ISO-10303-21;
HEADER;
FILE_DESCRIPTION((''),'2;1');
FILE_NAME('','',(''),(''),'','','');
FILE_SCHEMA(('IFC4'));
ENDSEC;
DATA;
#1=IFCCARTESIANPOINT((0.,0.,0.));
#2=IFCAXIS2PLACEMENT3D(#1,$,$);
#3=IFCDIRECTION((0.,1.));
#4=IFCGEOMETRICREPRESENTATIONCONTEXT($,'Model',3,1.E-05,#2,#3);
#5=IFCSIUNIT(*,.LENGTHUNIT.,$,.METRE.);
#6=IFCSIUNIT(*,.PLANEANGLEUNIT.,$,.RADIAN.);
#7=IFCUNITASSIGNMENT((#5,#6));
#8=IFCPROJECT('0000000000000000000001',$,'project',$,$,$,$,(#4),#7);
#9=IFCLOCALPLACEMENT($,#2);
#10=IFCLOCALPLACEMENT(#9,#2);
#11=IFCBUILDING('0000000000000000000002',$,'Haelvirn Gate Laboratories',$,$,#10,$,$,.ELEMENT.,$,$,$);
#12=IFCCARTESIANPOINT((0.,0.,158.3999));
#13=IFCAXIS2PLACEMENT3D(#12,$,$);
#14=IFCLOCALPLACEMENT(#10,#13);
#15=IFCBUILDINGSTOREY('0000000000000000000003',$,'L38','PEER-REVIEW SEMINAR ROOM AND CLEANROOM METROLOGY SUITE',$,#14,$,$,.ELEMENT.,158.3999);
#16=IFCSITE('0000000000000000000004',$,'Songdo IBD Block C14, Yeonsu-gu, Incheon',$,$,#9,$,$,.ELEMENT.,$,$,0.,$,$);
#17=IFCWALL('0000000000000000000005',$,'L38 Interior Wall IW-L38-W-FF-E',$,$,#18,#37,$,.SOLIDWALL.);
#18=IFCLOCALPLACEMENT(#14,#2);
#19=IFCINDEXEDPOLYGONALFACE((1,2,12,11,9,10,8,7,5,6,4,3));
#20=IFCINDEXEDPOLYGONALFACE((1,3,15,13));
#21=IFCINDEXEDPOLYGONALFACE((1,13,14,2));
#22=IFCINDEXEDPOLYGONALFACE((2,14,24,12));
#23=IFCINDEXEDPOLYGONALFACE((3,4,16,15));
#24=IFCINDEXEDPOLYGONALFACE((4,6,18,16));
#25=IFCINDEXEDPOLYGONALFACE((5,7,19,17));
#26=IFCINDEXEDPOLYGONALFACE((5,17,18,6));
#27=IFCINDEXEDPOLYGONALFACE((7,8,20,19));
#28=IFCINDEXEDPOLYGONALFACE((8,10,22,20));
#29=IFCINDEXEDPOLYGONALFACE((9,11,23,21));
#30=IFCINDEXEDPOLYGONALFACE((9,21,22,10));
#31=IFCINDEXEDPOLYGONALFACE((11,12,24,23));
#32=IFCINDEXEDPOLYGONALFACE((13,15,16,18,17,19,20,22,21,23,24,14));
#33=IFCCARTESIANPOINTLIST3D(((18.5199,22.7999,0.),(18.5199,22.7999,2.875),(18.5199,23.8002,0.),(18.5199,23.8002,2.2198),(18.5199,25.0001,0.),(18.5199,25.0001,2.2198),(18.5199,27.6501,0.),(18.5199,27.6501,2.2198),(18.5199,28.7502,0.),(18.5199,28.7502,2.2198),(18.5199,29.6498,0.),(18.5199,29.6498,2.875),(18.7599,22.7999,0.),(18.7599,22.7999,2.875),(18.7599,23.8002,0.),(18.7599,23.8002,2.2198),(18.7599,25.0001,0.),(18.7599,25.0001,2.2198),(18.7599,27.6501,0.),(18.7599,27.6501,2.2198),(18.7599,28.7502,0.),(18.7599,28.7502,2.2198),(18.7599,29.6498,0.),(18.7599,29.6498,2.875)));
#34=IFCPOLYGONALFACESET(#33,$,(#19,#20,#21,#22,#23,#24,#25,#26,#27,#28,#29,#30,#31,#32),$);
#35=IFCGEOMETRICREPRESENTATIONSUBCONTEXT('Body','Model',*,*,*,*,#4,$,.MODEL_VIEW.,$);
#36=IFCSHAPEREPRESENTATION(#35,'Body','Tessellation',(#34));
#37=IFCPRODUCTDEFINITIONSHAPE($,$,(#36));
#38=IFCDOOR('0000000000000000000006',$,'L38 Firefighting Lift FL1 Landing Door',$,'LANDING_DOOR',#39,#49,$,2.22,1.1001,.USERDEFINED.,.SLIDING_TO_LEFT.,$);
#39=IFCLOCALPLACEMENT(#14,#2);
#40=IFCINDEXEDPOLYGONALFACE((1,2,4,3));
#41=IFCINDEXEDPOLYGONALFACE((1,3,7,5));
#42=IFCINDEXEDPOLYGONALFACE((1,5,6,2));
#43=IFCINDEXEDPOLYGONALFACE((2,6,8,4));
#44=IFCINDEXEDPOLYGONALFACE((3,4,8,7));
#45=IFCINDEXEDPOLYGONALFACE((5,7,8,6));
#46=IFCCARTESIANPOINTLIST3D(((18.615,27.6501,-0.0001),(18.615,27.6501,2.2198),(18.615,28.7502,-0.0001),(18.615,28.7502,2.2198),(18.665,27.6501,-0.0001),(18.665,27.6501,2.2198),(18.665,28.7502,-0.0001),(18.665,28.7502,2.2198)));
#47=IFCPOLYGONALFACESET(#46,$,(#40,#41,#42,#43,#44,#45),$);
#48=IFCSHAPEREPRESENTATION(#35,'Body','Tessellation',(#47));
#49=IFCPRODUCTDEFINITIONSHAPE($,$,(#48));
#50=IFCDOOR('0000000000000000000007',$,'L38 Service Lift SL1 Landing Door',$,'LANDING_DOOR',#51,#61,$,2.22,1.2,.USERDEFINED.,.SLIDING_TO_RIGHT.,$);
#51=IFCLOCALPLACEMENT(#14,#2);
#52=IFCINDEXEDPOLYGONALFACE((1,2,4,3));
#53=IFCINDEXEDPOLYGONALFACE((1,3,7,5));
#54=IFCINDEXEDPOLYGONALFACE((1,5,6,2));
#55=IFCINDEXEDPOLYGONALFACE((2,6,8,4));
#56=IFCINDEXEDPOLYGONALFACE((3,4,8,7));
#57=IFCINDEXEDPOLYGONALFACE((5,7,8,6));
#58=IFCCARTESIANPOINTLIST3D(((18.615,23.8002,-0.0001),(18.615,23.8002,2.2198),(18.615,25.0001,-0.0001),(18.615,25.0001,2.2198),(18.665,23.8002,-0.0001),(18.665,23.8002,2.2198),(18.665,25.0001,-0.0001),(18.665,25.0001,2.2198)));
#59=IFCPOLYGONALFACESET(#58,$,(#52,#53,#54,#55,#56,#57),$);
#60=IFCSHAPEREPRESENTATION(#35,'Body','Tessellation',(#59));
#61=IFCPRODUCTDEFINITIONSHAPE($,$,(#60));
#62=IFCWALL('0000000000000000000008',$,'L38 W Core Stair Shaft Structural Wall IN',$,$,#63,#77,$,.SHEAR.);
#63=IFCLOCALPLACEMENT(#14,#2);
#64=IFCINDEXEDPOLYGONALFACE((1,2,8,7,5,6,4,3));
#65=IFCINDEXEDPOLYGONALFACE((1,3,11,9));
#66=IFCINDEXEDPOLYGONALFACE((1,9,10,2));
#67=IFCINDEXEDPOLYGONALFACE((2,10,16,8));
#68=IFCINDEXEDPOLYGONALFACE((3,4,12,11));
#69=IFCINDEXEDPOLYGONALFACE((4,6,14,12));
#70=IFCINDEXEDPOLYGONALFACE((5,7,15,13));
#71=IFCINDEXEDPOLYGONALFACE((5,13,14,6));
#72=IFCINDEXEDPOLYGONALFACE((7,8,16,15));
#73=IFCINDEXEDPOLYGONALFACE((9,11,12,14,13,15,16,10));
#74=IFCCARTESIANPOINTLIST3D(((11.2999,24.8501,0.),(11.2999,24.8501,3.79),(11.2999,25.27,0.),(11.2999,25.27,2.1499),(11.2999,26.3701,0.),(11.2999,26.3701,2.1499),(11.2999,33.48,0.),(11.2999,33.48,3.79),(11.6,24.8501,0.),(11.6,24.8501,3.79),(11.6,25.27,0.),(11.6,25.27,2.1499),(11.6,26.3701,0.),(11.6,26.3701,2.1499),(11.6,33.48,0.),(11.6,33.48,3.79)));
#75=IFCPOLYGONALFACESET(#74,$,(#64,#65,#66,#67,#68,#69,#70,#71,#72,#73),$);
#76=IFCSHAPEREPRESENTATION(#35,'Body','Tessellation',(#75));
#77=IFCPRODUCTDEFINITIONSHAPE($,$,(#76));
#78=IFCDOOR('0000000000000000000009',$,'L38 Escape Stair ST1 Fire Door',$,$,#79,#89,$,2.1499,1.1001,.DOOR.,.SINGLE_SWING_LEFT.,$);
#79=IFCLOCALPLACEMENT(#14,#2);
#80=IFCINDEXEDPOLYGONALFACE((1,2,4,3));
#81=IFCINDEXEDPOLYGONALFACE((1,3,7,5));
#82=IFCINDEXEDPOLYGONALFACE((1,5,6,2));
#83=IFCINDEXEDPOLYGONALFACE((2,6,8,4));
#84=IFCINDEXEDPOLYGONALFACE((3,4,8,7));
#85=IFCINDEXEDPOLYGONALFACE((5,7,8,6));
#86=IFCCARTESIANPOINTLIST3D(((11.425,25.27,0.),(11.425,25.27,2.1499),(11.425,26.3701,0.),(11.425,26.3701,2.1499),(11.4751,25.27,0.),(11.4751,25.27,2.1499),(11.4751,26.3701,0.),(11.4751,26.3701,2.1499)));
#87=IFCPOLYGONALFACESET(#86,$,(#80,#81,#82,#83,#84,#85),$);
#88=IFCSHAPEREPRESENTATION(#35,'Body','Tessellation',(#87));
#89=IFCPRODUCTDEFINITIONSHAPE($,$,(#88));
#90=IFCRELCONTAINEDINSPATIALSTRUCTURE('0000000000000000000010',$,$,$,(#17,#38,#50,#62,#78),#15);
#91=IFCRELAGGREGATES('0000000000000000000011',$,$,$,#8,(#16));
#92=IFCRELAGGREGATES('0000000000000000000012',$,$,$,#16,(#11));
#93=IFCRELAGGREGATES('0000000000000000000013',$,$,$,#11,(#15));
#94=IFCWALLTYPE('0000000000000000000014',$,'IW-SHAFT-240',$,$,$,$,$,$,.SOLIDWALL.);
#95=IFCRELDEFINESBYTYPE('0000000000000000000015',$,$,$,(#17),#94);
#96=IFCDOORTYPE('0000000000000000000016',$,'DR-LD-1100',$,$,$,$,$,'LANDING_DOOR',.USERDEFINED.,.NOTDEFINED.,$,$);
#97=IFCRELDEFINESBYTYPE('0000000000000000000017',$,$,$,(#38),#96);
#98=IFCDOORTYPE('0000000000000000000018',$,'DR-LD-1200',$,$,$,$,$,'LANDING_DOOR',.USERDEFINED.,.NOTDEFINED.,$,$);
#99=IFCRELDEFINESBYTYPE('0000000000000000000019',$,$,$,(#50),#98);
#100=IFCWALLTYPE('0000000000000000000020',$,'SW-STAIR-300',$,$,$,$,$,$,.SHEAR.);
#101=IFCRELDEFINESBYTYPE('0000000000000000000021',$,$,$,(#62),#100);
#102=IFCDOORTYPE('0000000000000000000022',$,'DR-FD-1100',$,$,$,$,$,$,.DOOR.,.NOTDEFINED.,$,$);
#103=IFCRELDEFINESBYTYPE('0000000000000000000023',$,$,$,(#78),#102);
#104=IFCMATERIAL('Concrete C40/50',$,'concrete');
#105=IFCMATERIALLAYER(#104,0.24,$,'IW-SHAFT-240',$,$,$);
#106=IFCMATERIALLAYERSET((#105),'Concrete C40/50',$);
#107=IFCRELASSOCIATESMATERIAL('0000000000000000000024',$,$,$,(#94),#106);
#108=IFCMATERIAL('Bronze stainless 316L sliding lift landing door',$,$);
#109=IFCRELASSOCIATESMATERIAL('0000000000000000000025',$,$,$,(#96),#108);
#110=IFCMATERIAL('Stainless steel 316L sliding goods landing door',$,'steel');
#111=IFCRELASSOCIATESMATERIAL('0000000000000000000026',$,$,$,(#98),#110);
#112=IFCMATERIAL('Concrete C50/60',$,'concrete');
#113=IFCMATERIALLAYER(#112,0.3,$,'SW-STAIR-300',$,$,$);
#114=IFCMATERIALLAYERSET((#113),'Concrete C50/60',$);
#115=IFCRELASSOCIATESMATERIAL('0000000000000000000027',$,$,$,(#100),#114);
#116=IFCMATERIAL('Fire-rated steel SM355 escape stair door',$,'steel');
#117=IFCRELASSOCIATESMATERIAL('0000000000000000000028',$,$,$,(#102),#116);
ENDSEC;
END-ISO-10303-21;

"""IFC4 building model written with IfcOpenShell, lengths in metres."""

from ifc_helpers import new_model, si_unit, direction, frame, frame_2d, origin, place, context, subcontext, project, spatial, rectangle, extrude, source, transform, mapped, material, layer, layer_set, type_object, type_shapes, element, fill, save


model = new_model("IFC4")

# Units and contexts
model_context = context("Model", 3, precision=1e-05, world=origin(), true_north=direction((0.0, 1.0)))
body_context = subcontext(model_context, "Body", "Model", "MODEL_VIEW")
ifc_project = project(units=[si_unit("LENGTHUNIT", "METRE"), si_unit("PLANEANGLEUNIT", "RADIAN")], contexts=[model_context])

# Site, building, storey
site_placement = place(None, origin())
site = spatial("IfcSite", under=ifc_project, at=site_placement, Name="Songdo IBD Block C14, Yeonsu-gu, Incheon", CompositionType="ELEMENT", RefElevation=0.0)
building_placement = place(site_placement, origin())
building = spatial("IfcBuilding", under=site, at=building_placement, Name="Haelvirn Gate Laboratories", CompositionType="ELEMENT")
storey_placement = place(building_placement, frame((0.0, 0.0, 158.3999)))
storey = spatial("IfcBuildingStorey", under=building, at=storey_placement, Name="L38", Description="PEER-REVIEW SEMINAR ROOM AND CLEANROOM METROLOGY SUITE", CompositionType="ELEMENT", Elevation=158.3999)

# Shared definitions
ifc_material_1 = material(Name="Concrete C40/50", Category="concrete")

# Shared definitions
ifc_layer_1 = layer(ifc_material_1, 0.24, Name="IW-SHAFT-240")
ifc_layer_set_1 = layer_set([ifc_layer_1], Name="Concrete C40/50")
wall_type_1 = type_object("IfcWallType", Name="IW-SHAFT-240", PredefinedType="SOLIDWALL", material=ifc_layer_set_1)

# Wall, openings, doors
wall_1_placement = place(storey_placement, frame((18.6399, 22.8, 0.0), z_axis=(0.0, 0.0, 1.0), x_axis=(0.0, 1.0, 0.0)))
wall_1 = element("IfcWall", 1, at=wall_1_placement, inside=storey, type_object=wall_type_1, Name="L38 Interior Wall IW-L38-W-FF-E", PredefinedType="SOLIDWALL", context=body_context, shape_type="SweptSolid", body=[
    extrude(rectangle(XDim=6.8499, YDim=0.24, at=frame_2d((3.4248, 0.0))), origin(), (0.0, 0.0, 1.0), 2.875),
])
opening_1_placement = place(wall_1_placement, frame((4.8501, 0.0, 0.0)))
opening_1 = element("IfcOpeningElement", 2, at=opening_1_placement, cuts=wall_1, PredefinedType="OPENING", context=body_context, shape_type="SweptSolid", body=[
    extrude(rectangle(XDim=1.1001, YDim=2.22, at=frame_2d((0.55, 1.1099))), frame((0.0, 0.1299, 0.0), z_axis=(0.0, -1.0, 0.0), x_axis=(1.0, 0.0, 0.0)), (0.0, 0.0, 1.0), 0.26),
])
opening_2_placement = place(wall_1_placement, frame((1.0, 0.0, 0.0)))
opening_2 = element("IfcOpeningElement", 3, at=opening_2_placement, cuts=wall_1, PredefinedType="OPENING", context=body_context, shape_type="SweptSolid", body=[
    extrude(rectangle(XDim=1.2, YDim=2.22, at=frame_2d((0.6001, 1.1099))), frame((0.0, 0.1299, 0.0), z_axis=(0.0, -1.0, 0.0), x_axis=(1.0, 0.0, 0.0)), (0.0, 0.0, 1.0), 0.26),
])
ifc_material_2 = material(Name="Bronze stainless 316L sliding lift landing door")
door_type_1 = type_object("IfcDoorType", Name="DR-LD-1100", ElementType="LANDING_DOOR", OperationType="NOTDEFINED", PredefinedType="USERDEFINED", material=ifc_material_2)
shared_shape_1 = source(origin(), body_context, "Body", "SweptSolid", [
    extrude(rectangle(XDim=1.1001, YDim=2.22, at=frame_2d((0.55, 1.1099))), frame((0.0, 0.0249, 0.0), z_axis=(0.0, -1.0, 0.0), x_axis=(1.0, 0.0, 0.0)), (0.0, 0.0, 1.0), 0.05),
])
type_shapes(door_type_1, [shared_shape_1])
door_1_placement = place(opening_1_placement, origin())
door_1 = element("IfcDoor", 4, at=door_1_placement, inside=storey, type_object=door_type_1, Name="L38 Firefighting Lift FL1 Landing Door", ObjectType="LANDING_DOOR", OperationType="SLIDING_TO_LEFT", OverallHeight=2.22, OverallWidth=1.1001, PredefinedType="USERDEFINED", context=body_context, shape_type="MappedRepresentation", body=[
    mapped(shared_shape_1, transform((0.0, 0.0, 0.0), scale=1.0)),
])
fill(opening_1, door_1)
ifc_material_3 = material(Name="Stainless steel 316L sliding goods landing door", Category="steel")
door_type_2 = type_object("IfcDoorType", Name="DR-LD-1200", ElementType="LANDING_DOOR", OperationType="NOTDEFINED", PredefinedType="USERDEFINED", material=ifc_material_3)
shared_shape_2 = source(origin(), body_context, "Body", "SweptSolid", [
    extrude(rectangle(XDim=1.2, YDim=2.22, at=frame_2d((0.6001, 1.1099))), frame((0.0, 0.0249, 0.0), z_axis=(0.0, -1.0, 0.0), x_axis=(1.0, 0.0, 0.0)), (0.0, 0.0, 1.0), 0.05),
])
type_shapes(door_type_2, [shared_shape_2])
door_2_placement = place(opening_2_placement, origin())
door_2 = element("IfcDoor", 5, at=door_2_placement, inside=storey, type_object=door_type_2, Name="L38 Service Lift SL1 Landing Door", ObjectType="LANDING_DOOR", OperationType="SLIDING_TO_RIGHT", OverallHeight=2.22, OverallWidth=1.2, PredefinedType="USERDEFINED", context=body_context, shape_type="MappedRepresentation", body=[
    mapped(shared_shape_2, transform((0.0, 0.0, 0.0), scale=1.0)),
])
fill(opening_2, door_2)

# Wall, opening, door
ifc_material_4 = material(Name="Concrete C50/60", Category="concrete")
ifc_layer_2 = layer(ifc_material_4, 0.3, Name="SW-STAIR-300")
ifc_layer_set_2 = layer_set([ifc_layer_2], Name="Concrete C50/60")
wall_type_2 = type_object("IfcWallType", Name="SW-STAIR-300", PredefinedType="SHEAR", material=ifc_layer_set_2)
wall_2_placement = place(storey_placement, frame((11.45, 24.8501, 0.0), z_axis=(0.0, 0.0, 1.0), x_axis=(0.0, 1.0, 0.0)))
wall_2 = element("IfcWall", 6, at=wall_2_placement, inside=storey, type_object=wall_type_2, Name="L38 W Core Stair Shaft Structural Wall IN", PredefinedType="SHEAR", context=body_context, shape_type="SweptSolid", body=[
    extrude(rectangle(XDim=8.6299, YDim=0.3, at=frame_2d((4.3149, 0.0))), origin(), (0.0, 0.0, 1.0), 3.79),
])
opening_3_placement = place(wall_2_placement, frame((0.4199, 0.0, 0.0)))
opening_3 = element("IfcOpeningElement", 7, at=opening_3_placement, cuts=wall_2, PredefinedType="OPENING", context=body_context, shape_type="SweptSolid", body=[
    extrude(rectangle(XDim=1.1001, YDim=2.1499, at=frame_2d((0.55, 1.075))), frame((0.0, 0.1602, 0.0), z_axis=(0.0, -1.0, 0.0), x_axis=(1.0, 0.0, 0.0)), (0.0, 0.0, 1.0), 0.3201),
])
ifc_material_5 = material(Name="Fire-rated steel SM355 escape stair door", Category="steel")
door_type_3 = type_object("IfcDoorType", Name="DR-FD-1100", OperationType="NOTDEFINED", PredefinedType="DOOR", material=ifc_material_5)
shared_shape_3 = source(origin(), body_context, "Body", "SweptSolid", [
    extrude(rectangle(XDim=1.1001, YDim=2.1499, at=frame_2d((0.55, 1.075))), frame((0.0, 0.0249, 0.0), z_axis=(0.0, -1.0, 0.0), x_axis=(1.0, 0.0, 0.0)), (0.0, 0.0, 1.0), 0.05),
])
type_shapes(door_type_3, [shared_shape_3])
door_3_placement = place(opening_3_placement, origin())
door_3 = element("IfcDoor", 8, at=door_3_placement, inside=storey, type_object=door_type_3, Name="L38 Escape Stair ST1 Fire Door", OperationType="SINGLE_SWING_LEFT", OverallHeight=2.1499, OverallWidth=1.1001, PredefinedType="DOOR", context=body_context, shape_type="MappedRepresentation", body=[
    mapped(shared_shape_3, transform((0.0, 0.0, 0.0), scale=1.0)),
])
fill(opening_3, door_3)

save(model, "model.ifc")
